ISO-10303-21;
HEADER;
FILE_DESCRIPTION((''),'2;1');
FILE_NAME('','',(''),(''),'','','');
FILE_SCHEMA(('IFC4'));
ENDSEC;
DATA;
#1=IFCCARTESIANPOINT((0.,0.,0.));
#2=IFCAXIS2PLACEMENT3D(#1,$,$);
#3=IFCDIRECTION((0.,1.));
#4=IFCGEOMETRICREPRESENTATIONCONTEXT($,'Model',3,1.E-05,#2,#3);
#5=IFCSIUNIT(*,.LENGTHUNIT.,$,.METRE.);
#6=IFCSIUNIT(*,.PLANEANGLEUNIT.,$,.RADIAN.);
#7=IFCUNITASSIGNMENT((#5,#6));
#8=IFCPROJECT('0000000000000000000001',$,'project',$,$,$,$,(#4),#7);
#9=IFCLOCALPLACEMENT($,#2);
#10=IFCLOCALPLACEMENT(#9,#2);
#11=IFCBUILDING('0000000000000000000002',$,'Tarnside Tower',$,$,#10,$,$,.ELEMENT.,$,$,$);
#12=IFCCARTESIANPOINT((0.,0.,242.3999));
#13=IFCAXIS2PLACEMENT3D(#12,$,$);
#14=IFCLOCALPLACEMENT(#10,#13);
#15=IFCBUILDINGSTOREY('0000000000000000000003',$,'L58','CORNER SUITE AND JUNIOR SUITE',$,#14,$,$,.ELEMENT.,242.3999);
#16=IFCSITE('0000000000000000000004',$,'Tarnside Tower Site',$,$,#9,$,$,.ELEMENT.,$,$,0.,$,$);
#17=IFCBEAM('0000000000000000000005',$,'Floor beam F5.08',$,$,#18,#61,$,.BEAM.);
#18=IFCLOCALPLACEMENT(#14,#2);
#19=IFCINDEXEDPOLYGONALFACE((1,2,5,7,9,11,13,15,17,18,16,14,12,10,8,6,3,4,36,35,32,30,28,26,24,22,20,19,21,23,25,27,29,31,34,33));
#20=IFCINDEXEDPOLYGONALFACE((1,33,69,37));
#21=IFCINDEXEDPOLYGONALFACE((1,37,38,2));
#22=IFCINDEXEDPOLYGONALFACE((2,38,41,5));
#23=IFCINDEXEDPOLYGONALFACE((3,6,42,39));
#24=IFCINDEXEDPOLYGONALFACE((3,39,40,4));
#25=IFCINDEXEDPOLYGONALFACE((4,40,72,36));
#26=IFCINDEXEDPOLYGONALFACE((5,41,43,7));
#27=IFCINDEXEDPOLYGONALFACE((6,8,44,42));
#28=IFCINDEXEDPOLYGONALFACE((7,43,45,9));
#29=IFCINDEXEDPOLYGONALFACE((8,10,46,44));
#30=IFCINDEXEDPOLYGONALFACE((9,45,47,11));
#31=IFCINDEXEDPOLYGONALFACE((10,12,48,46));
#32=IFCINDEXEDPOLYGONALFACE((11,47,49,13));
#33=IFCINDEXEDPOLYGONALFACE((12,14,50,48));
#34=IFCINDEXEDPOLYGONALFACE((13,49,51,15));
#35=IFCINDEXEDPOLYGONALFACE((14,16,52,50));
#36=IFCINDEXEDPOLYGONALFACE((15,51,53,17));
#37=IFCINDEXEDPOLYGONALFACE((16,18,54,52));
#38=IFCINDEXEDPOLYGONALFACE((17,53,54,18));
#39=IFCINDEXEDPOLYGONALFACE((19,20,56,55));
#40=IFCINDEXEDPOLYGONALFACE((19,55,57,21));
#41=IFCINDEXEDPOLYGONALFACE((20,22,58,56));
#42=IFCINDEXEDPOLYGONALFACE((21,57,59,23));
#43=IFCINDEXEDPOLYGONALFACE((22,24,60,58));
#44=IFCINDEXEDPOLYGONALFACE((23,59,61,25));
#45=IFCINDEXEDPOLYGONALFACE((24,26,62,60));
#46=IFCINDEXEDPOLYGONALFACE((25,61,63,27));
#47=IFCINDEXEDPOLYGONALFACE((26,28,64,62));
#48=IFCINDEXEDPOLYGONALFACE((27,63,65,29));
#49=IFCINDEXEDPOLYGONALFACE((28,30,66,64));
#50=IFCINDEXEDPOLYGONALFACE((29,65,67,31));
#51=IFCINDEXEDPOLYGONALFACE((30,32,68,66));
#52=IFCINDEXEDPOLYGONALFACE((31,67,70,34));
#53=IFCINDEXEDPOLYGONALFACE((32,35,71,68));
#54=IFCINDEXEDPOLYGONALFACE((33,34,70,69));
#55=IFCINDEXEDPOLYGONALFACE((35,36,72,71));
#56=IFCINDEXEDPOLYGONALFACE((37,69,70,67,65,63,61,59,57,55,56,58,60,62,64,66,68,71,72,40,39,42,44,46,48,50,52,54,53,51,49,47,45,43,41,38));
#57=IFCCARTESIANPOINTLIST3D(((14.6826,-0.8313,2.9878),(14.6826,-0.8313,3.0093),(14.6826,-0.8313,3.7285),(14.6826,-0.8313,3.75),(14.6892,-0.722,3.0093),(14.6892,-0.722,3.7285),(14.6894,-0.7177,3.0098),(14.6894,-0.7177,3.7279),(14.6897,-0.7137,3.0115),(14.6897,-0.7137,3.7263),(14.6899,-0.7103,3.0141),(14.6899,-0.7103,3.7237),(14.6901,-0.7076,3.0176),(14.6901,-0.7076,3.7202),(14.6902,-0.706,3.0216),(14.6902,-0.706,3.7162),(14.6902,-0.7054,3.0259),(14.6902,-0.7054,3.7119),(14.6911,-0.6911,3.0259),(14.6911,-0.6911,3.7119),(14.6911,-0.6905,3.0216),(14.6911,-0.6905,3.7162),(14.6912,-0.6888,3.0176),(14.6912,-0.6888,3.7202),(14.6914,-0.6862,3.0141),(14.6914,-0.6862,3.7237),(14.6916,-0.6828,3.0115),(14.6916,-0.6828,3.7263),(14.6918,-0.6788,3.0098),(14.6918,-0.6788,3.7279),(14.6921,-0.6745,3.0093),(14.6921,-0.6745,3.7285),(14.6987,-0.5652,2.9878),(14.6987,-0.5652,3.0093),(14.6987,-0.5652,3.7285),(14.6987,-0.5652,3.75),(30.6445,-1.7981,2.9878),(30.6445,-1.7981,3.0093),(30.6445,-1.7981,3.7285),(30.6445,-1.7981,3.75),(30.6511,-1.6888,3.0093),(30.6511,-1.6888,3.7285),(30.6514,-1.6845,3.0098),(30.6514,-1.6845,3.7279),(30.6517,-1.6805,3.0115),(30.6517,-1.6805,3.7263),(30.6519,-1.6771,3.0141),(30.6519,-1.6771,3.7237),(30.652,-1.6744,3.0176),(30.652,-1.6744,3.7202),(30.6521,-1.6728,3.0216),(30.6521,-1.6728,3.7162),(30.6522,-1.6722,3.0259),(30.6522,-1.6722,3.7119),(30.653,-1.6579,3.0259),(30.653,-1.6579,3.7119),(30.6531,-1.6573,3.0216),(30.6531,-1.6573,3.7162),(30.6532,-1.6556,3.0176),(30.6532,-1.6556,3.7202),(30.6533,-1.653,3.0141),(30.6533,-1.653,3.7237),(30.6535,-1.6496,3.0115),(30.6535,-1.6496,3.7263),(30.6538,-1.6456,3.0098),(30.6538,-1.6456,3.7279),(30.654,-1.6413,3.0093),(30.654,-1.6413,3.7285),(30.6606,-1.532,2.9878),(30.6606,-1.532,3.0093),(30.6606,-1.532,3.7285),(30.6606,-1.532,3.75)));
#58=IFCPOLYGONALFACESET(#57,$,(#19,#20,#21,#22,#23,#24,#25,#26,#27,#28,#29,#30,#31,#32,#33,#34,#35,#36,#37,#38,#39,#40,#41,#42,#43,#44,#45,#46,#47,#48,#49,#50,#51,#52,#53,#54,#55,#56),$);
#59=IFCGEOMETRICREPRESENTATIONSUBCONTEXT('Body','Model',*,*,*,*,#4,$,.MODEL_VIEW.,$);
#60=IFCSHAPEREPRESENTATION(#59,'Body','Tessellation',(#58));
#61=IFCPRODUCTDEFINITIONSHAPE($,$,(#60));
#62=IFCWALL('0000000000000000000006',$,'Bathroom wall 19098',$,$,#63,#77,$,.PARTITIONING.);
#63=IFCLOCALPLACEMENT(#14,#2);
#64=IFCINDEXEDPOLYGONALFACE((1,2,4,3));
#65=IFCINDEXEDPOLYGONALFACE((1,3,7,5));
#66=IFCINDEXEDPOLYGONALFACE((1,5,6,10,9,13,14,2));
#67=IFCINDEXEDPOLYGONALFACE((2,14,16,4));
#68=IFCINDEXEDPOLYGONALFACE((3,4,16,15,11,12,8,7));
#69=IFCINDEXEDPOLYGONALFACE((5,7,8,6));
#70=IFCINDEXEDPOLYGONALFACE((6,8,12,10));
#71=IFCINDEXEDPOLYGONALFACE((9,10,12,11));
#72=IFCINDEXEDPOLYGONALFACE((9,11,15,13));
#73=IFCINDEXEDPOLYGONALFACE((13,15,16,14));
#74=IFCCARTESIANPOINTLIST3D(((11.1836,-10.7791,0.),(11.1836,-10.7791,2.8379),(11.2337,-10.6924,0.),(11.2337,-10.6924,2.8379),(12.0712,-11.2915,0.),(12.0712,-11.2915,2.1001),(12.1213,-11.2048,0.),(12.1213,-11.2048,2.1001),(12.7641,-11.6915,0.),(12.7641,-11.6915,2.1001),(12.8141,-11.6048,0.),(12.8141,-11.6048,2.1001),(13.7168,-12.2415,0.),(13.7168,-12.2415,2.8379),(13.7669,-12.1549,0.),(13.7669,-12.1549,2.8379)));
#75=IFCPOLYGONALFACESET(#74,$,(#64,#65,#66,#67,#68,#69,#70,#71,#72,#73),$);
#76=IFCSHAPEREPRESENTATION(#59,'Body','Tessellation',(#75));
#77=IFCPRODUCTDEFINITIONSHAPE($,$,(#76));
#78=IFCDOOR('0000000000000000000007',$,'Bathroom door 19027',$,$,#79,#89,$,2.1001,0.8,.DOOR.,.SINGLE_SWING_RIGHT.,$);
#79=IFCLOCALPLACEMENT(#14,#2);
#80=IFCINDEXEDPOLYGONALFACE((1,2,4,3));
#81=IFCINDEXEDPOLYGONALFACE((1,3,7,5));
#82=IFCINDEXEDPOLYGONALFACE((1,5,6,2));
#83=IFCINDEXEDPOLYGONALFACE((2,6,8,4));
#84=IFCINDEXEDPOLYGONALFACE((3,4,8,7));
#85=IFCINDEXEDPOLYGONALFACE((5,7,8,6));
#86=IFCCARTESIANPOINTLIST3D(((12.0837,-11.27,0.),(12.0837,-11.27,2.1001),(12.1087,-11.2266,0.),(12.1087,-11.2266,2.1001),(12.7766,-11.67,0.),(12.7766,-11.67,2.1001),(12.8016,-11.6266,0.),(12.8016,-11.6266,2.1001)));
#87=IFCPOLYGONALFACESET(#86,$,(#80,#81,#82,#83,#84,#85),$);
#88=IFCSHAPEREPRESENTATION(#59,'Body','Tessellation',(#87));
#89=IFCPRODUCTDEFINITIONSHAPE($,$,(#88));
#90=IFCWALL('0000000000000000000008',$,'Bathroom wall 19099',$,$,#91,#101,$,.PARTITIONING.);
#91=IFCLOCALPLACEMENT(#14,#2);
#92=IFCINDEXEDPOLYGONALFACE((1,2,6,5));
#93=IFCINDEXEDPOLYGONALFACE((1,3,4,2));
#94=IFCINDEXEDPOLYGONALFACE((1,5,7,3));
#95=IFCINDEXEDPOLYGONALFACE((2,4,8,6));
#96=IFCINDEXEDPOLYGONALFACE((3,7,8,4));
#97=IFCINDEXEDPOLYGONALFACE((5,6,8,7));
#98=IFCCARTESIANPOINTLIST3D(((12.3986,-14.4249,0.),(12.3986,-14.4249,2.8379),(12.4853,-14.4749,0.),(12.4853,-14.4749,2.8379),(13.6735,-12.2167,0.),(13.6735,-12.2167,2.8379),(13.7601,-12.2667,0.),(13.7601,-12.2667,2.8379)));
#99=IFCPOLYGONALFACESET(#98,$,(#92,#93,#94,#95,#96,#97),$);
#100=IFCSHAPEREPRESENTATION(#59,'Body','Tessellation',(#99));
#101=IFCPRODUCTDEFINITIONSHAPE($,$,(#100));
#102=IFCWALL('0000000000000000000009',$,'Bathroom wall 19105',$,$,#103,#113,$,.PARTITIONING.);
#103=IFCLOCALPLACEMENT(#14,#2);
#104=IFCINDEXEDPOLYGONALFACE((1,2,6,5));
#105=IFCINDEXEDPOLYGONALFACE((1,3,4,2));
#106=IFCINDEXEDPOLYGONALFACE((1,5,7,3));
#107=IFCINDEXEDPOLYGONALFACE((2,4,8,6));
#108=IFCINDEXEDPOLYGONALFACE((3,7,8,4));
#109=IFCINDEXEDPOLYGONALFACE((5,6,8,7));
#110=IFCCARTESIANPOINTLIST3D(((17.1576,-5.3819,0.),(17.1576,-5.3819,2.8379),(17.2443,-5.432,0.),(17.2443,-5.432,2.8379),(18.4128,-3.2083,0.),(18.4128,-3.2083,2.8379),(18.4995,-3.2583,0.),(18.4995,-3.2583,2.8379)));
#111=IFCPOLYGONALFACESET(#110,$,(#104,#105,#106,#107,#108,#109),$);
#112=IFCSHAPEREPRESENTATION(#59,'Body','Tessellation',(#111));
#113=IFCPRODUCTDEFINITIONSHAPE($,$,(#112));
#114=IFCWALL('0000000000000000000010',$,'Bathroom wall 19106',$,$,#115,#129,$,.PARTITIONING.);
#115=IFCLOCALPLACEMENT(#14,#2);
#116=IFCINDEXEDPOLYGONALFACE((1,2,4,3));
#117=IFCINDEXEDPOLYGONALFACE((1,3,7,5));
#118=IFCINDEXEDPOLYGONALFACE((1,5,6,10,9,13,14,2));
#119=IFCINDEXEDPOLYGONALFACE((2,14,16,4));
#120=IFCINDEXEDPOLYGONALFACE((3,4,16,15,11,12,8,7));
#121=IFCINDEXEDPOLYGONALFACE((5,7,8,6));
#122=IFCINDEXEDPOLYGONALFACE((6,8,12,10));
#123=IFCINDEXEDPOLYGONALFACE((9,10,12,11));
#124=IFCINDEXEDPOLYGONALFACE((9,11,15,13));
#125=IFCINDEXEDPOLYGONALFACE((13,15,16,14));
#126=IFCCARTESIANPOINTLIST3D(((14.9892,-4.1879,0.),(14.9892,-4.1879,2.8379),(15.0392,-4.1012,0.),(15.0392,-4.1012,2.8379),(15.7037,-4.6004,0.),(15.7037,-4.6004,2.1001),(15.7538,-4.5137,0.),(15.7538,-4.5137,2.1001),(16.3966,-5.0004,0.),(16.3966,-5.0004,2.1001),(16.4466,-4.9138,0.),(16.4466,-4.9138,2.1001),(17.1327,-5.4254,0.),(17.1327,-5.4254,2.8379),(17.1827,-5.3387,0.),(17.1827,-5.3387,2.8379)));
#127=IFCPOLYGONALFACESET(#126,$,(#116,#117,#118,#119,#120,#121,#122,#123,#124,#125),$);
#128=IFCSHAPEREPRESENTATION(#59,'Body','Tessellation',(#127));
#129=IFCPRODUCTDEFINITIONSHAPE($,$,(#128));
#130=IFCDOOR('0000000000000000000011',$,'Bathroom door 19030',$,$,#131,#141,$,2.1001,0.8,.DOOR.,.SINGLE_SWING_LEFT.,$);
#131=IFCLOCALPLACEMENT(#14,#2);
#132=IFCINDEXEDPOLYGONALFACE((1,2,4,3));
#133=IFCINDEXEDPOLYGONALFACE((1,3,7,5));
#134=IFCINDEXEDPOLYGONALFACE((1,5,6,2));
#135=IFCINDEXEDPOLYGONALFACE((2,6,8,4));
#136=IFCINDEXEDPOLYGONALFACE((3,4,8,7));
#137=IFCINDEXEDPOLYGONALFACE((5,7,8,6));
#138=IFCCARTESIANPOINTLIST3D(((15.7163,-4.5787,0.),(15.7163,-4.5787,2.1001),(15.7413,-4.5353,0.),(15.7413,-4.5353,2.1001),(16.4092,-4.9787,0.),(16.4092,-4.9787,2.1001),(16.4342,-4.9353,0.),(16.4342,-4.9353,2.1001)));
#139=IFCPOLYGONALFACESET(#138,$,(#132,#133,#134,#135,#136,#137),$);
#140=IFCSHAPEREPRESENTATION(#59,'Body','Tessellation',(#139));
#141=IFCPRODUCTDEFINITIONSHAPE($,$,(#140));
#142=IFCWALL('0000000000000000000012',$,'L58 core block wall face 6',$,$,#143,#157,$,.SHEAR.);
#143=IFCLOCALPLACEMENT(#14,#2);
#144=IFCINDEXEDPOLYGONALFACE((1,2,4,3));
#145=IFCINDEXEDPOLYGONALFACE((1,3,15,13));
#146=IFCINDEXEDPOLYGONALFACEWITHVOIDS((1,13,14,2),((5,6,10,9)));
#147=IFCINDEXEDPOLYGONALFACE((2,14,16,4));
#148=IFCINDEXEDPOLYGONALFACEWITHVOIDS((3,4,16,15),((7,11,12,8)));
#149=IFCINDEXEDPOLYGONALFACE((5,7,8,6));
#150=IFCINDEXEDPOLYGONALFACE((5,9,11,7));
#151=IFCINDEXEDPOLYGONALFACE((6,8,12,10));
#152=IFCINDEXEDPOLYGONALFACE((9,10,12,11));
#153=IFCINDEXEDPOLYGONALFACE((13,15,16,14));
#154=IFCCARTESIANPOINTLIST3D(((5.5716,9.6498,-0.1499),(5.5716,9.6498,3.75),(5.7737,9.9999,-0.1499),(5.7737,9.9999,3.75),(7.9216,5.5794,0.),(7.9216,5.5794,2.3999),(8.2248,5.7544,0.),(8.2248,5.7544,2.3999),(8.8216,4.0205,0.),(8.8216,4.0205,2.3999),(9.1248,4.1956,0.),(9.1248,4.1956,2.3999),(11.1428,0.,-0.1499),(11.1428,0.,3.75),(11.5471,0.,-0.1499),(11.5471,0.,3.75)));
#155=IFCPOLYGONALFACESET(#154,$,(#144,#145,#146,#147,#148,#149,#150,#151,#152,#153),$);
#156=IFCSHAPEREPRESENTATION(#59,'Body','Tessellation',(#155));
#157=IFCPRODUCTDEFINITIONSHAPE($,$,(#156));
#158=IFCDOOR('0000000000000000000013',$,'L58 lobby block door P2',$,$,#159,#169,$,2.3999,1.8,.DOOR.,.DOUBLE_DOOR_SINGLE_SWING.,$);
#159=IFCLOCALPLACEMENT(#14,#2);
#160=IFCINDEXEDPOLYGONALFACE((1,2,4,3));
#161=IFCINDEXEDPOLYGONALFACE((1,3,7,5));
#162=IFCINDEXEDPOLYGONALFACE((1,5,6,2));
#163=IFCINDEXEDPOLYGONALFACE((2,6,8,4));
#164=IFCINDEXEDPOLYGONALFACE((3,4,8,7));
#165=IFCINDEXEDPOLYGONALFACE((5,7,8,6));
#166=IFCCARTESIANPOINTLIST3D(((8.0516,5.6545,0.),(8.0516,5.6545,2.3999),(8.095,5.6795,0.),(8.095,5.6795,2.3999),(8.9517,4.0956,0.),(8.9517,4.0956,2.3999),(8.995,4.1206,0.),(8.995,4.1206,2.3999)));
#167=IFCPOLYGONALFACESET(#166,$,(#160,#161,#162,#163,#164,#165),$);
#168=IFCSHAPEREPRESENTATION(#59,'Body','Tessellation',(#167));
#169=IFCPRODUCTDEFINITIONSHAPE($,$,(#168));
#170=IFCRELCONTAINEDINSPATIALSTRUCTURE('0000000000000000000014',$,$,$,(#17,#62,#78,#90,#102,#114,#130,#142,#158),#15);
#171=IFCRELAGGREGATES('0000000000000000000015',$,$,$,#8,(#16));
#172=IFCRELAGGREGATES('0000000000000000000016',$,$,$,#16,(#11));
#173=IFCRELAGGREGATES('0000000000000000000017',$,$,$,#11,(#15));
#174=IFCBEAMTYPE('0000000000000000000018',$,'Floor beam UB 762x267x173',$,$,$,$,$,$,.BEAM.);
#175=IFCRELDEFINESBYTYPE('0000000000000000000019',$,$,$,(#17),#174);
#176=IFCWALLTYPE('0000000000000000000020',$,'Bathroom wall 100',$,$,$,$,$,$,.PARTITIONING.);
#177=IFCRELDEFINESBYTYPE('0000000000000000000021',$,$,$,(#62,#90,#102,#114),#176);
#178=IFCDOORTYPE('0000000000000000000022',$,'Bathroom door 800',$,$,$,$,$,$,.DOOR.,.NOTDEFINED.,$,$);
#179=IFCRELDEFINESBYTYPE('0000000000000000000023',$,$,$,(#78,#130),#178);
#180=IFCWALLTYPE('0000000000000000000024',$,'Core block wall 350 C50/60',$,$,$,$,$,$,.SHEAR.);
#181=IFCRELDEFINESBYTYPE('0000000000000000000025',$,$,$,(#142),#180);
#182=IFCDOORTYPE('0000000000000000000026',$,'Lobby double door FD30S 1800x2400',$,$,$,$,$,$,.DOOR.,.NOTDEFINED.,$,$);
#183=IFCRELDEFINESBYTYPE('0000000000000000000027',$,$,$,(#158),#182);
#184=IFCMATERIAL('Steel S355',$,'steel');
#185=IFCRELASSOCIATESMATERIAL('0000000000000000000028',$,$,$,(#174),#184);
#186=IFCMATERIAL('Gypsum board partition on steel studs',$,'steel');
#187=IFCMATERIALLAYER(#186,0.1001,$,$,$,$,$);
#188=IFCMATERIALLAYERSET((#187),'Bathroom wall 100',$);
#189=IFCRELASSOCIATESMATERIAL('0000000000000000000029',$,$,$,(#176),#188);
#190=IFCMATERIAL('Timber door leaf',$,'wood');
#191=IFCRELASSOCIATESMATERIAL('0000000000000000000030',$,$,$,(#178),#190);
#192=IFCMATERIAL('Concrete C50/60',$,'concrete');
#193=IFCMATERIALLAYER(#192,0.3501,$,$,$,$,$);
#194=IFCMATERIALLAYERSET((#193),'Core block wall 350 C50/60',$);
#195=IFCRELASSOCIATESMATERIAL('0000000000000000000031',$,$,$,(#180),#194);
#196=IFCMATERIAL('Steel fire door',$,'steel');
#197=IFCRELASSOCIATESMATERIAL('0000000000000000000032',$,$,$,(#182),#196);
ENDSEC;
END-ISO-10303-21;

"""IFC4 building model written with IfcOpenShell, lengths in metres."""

from ifc_helpers import new_model, si_unit, direction, frame, frame_2d, origin, origin_2d, place, context, subcontext, project, spatial, polyline, rectangle, i_section, outline, extrude, material, layer, layer_set, material_profile, profile_set, type_object, element, fill, save


model = new_model("IFC4")

# Units and contexts
model_context = context("Model", 3, precision=1e-05, world=origin(), true_north=direction((0.0, 1.0)))
body_context = subcontext(model_context, "Body", "Model", "MODEL_VIEW")
ifc_project = project(units=[si_unit("LENGTHUNIT", "METRE"), si_unit("PLANEANGLEUNIT", "RADIAN")], contexts=[model_context])

# Site, building, storey
site_placement = place(None, origin())
site = spatial("IfcSite", under=ifc_project, at=site_placement, Name="Tarnside Tower Site", CompositionType="ELEMENT", RefElevation=0.0)
building_placement = place(site_placement, origin())
building = spatial("IfcBuilding", under=site, at=building_placement, Name="Tarnside Tower", CompositionType="ELEMENT")
storey_placement = place(building_placement, frame((0.0, 0.0, 242.3999)))
storey = spatial("IfcBuildingStorey", under=building, at=storey_placement, Name="L58", Description="CORNER SUITE AND JUNIOR SUITE", CompositionType="ELEMENT", Elevation=242.3999)

# Beam
ifc_material_1 = material(Name="Steel S355", Category="steel")
ifc_material_profile_1 = material_profile(ifc_material_1, i_section(OverallWidth=0.2666, OverallDepth=0.7622, WebThickness=0.0144, FlangeThickness=0.0215, FilletRadius=0.0166, at=origin_2d()), Name="UB 762x267x173")
ifc_profile_set_1 = profile_set([ifc_material_profile_1], Name="Steel S355")
beam_type_1 = type_object("IfcBeamType", Name="Floor beam UB 762x267x173", PredefinedType="BEAM", material=ifc_profile_set_1)
beam_1_placement = place(storey_placement, frame((30.6526, -1.665, 3.3689), z_axis=(-0.998171, 0.060458, 0.0), x_axis=(-0.060458, -0.998171, 0.0)))
element("IfcBeam", 1, at=beam_1_placement, inside=storey, type_object=beam_type_1, Name="Floor beam F5.08", PredefinedType="BEAM", context=body_context, shape_type="SweptSolid", body=[
    extrude(i_section(OverallWidth=0.2666, OverallDepth=0.7622, WebThickness=0.0144, FlangeThickness=0.0215, FilletRadius=0.0166, at=origin_2d()), origin(), (0.0, 0.0, 1.0), 15.9912),
])

# Wall, opening, door
ifc_material_2 = material(Name="Gypsum board partition on steel studs", Category="steel")
ifc_layer_1 = layer(ifc_material_2, 0.1001)
ifc_layer_set_1 = layer_set([ifc_layer_1], Name="Bathroom wall 100")
wall_type_1 = type_object("IfcWallType", Name="Bathroom wall 100", PredefinedType="PARTITIONING", material=ifc_layer_set_1)
wall_1_placement = place(storey_placement, frame((11.2087, -10.7358, 0.0), z_axis=(0.0, 0.0, 1.0), x_axis=(0.866047, -0.499963, 0.0)))
wall_1 = element("IfcWall", 2, at=wall_1_placement, inside=storey, type_object=wall_type_1, Name="Bathroom wall 19098", PredefinedType="PARTITIONING", context=body_context, shape_type="SweptSolid", body=[
    extrude(rectangle(XDim=2.925, YDim=0.1001, at=frame_2d((1.4624, 0.0))), origin(), (0.0, 0.0, 1.0), 2.8379),
])
opening_1_placement = place(wall_1_placement, frame((1.0249, 0.0, 0.0)))
opening_1 = element("IfcOpeningElement", 3, at=opening_1_placement, cuts=wall_1, PredefinedType="OPENING", context=body_context, shape_type="SweptSolid", body=[
    extrude(rectangle(XDim=0.8, YDim=2.1001, at=frame_2d((0.3999, 1.05))), frame((0.0, 0.0601, 0.0), z_axis=(0.0, -1.0, 0.0), x_axis=(1.0, 0.0, 0.0)), (0.0, 0.0, 1.0), 0.1201),
])
ifc_material_3 = material(Name="Timber door leaf", Category="wood")
door_type_1 = type_object("IfcDoorType", Name="Bathroom door 800", OperationType="NOTDEFINED", PredefinedType="DOOR", material=ifc_material_3)
door_1_placement = place(opening_1_placement, origin())
door_1 = element("IfcDoor", 4, at=door_1_placement, inside=storey, type_object=door_type_1, Name="Bathroom door 19027", OperationType="SINGLE_SWING_RIGHT", OverallHeight=2.1001, OverallWidth=0.8, PredefinedType="DOOR", context=body_context, shape_type="SweptSolid", body=[
    extrude(rectangle(XDim=0.8, YDim=2.1001, at=frame_2d((0.3999, 1.05))), frame((0.0, 0.0249, 0.0), z_axis=(0.0, -1.0, 0.0), x_axis=(1.0, 0.0, 0.0)), (0.0, 0.0, 1.0), 0.05),
])
fill(opening_1, door_1)

# Walls
wall_2_placement = place(storey_placement, frame((13.7168, -12.2417, 0.0), z_axis=(0.0, 0.0, 1.0), x_axis=(-0.49999, -0.866031, 0.0)))
element("IfcWall", 5, at=wall_2_placement, inside=storey, type_object=wall_type_1, Name="Bathroom wall 19099", PredefinedType="PARTITIONING", context=body_context, shape_type="SweptSolid", body=[
    extrude(rectangle(XDim=2.5498, YDim=0.1001, at=frame_2d((1.2749, 0.0))), origin(), (0.0, 0.0, 1.0), 2.8379),
])
wall_3_placement = place(storey_placement, frame((18.4561, -3.2334, 0.0), z_axis=(0.0, 0.0, 1.0), x_axis=(-0.500062, -0.86599, 0.0)))
element("IfcWall", 6, at=wall_3_placement, inside=storey, type_object=wall_type_1, Name="Bathroom wall 19105", PredefinedType="PARTITIONING", context=body_context, shape_type="SweptSolid", body=[
    extrude(rectangle(XDim=2.51, YDim=0.1001, at=frame_2d((1.2549, 0.0))), origin(), (0.0, 0.0, 1.0), 2.8379),
])

# Walls, openings, doors
wall_4_placement = place(storey_placement, frame((17.1577, -5.3821, 0.0), z_axis=(0.0, 0.0, 1.0), x_axis=(-0.866031, 0.49999, 0.0)))
wall_4 = element("IfcWall", 7, at=wall_4_placement, inside=storey, type_object=wall_type_1, Name="Bathroom wall 19106", PredefinedType="PARTITIONING", context=body_context, shape_type="SweptSolid", body=[
    extrude(rectangle(XDim=2.4751, YDim=0.1001, at=frame_2d((1.2375, 0.0))), origin(), (0.0, 0.0, 1.0), 2.8379),
])
opening_2_placement = place(wall_4_placement, frame((0.8501, 0.0, 0.0)))
opening_2 = element("IfcOpeningElement", 8, at=opening_2_placement, cuts=wall_4, PredefinedType="OPENING", context=body_context, shape_type="SweptSolid", body=[
    extrude(rectangle(XDim=0.8, YDim=2.1001, at=frame_2d((0.3999, 1.05))), frame((0.0, 0.0601, 0.0), z_axis=(0.0, -1.0, 0.0), x_axis=(1.0, 0.0, 0.0)), (0.0, 0.0, 1.0), 0.1201),
])
door_2_placement = place(opening_2_placement, origin())
door_2 = element("IfcDoor", 9, at=door_2_placement, inside=storey, type_object=door_type_1, Name="Bathroom door 19030", OperationType="SINGLE_SWING_LEFT", OverallHeight=2.1001, OverallWidth=0.8, PredefinedType="DOOR", context=body_context, shape_type="SweptSolid", body=[
    extrude(rectangle(XDim=0.8, YDim=2.1001, at=frame_2d((0.3999, 1.05))), frame((0.0, 0.0249, 0.0), z_axis=(0.0, -1.0, 0.0), x_axis=(1.0, 0.0, 0.0)), (0.0, 0.0, 1.0), 0.05),
])
fill(opening_2, door_2)
ifc_material_4 = material(Name="Concrete C50/60", Category="concrete")
ifc_layer_2 = layer(ifc_material_4, 0.3501)
ifc_layer_set_2 = layer_set([ifc_layer_2], Name="Core block wall 350 C50/60")
wall_type_2 = type_object("IfcWallType", Name="Core block wall 350 C50/60", PredefinedType="SHEAR", material=ifc_layer_set_2)
wall_5_placement = place(storey_placement, frame((11.345, 0.0, -0.1499), z_axis=(0.0, 0.0, 1.0), x_axis=(-0.499995, 0.866028, 0.0)))
wall_5 = element("IfcWall", 10, at=wall_5_placement, inside=storey, type_object=wall_type_2, Name="L58 core block wall face 6", PredefinedType="SHEAR", context=body_context, shape_type="SweptSolid", body=[
    extrude(outline(polyline([(-0.1011, -0.175), (11.4458, -0.175), (11.2437, 0.175), (0.1011, 0.175), (-0.1011, -0.175)])), origin(), (0.0, 0.0, 1.0), 3.8999),
])
opening_3_placement = place(wall_5_placement, frame((4.7437, 0.0, 0.1499)))
opening_3 = element("IfcOpeningElement", 11, at=opening_3_placement, cuts=wall_5, PredefinedType="OPENING", context=body_context, shape_type="SweptSolid", body=[
    extrude(rectangle(XDim=1.8, YDim=2.3999, at=frame_2d((0.8999, 1.2))), frame((0.0, 0.1851, 0.0), z_axis=(0.0, -1.0, 0.0), x_axis=(1.0, 0.0, 0.0)), (0.0, 0.0, 1.0), 0.3701),
])
ifc_material_5 = material(Name="Steel fire door", Category="steel")
door_type_2 = type_object("IfcDoorType", Name="Lobby double door FD30S 1800x2400", OperationType="NOTDEFINED", PredefinedType="DOOR", material=ifc_material_5)
door_3_placement = place(opening_3_placement, origin())
door_3 = element("IfcDoor", 12, at=door_3_placement, inside=storey, type_object=door_type_2, Name="L58 lobby block door P2", OperationType="DOUBLE_DOOR_SINGLE_SWING", OverallHeight=2.3999, OverallWidth=1.8, PredefinedType="DOOR", context=body_context, shape_type="SweptSolid", body=[
    extrude(rectangle(XDim=1.8, YDim=2.3999, at=frame_2d((0.8999, 1.2))), frame((0.0, 0.0249, 0.0), z_axis=(0.0, -1.0, 0.0), x_axis=(1.0, 0.0, 0.0)), (0.0, 0.0, 1.0), 0.05),
])
fill(opening_3, door_3)

save(model, "model.ifc")
